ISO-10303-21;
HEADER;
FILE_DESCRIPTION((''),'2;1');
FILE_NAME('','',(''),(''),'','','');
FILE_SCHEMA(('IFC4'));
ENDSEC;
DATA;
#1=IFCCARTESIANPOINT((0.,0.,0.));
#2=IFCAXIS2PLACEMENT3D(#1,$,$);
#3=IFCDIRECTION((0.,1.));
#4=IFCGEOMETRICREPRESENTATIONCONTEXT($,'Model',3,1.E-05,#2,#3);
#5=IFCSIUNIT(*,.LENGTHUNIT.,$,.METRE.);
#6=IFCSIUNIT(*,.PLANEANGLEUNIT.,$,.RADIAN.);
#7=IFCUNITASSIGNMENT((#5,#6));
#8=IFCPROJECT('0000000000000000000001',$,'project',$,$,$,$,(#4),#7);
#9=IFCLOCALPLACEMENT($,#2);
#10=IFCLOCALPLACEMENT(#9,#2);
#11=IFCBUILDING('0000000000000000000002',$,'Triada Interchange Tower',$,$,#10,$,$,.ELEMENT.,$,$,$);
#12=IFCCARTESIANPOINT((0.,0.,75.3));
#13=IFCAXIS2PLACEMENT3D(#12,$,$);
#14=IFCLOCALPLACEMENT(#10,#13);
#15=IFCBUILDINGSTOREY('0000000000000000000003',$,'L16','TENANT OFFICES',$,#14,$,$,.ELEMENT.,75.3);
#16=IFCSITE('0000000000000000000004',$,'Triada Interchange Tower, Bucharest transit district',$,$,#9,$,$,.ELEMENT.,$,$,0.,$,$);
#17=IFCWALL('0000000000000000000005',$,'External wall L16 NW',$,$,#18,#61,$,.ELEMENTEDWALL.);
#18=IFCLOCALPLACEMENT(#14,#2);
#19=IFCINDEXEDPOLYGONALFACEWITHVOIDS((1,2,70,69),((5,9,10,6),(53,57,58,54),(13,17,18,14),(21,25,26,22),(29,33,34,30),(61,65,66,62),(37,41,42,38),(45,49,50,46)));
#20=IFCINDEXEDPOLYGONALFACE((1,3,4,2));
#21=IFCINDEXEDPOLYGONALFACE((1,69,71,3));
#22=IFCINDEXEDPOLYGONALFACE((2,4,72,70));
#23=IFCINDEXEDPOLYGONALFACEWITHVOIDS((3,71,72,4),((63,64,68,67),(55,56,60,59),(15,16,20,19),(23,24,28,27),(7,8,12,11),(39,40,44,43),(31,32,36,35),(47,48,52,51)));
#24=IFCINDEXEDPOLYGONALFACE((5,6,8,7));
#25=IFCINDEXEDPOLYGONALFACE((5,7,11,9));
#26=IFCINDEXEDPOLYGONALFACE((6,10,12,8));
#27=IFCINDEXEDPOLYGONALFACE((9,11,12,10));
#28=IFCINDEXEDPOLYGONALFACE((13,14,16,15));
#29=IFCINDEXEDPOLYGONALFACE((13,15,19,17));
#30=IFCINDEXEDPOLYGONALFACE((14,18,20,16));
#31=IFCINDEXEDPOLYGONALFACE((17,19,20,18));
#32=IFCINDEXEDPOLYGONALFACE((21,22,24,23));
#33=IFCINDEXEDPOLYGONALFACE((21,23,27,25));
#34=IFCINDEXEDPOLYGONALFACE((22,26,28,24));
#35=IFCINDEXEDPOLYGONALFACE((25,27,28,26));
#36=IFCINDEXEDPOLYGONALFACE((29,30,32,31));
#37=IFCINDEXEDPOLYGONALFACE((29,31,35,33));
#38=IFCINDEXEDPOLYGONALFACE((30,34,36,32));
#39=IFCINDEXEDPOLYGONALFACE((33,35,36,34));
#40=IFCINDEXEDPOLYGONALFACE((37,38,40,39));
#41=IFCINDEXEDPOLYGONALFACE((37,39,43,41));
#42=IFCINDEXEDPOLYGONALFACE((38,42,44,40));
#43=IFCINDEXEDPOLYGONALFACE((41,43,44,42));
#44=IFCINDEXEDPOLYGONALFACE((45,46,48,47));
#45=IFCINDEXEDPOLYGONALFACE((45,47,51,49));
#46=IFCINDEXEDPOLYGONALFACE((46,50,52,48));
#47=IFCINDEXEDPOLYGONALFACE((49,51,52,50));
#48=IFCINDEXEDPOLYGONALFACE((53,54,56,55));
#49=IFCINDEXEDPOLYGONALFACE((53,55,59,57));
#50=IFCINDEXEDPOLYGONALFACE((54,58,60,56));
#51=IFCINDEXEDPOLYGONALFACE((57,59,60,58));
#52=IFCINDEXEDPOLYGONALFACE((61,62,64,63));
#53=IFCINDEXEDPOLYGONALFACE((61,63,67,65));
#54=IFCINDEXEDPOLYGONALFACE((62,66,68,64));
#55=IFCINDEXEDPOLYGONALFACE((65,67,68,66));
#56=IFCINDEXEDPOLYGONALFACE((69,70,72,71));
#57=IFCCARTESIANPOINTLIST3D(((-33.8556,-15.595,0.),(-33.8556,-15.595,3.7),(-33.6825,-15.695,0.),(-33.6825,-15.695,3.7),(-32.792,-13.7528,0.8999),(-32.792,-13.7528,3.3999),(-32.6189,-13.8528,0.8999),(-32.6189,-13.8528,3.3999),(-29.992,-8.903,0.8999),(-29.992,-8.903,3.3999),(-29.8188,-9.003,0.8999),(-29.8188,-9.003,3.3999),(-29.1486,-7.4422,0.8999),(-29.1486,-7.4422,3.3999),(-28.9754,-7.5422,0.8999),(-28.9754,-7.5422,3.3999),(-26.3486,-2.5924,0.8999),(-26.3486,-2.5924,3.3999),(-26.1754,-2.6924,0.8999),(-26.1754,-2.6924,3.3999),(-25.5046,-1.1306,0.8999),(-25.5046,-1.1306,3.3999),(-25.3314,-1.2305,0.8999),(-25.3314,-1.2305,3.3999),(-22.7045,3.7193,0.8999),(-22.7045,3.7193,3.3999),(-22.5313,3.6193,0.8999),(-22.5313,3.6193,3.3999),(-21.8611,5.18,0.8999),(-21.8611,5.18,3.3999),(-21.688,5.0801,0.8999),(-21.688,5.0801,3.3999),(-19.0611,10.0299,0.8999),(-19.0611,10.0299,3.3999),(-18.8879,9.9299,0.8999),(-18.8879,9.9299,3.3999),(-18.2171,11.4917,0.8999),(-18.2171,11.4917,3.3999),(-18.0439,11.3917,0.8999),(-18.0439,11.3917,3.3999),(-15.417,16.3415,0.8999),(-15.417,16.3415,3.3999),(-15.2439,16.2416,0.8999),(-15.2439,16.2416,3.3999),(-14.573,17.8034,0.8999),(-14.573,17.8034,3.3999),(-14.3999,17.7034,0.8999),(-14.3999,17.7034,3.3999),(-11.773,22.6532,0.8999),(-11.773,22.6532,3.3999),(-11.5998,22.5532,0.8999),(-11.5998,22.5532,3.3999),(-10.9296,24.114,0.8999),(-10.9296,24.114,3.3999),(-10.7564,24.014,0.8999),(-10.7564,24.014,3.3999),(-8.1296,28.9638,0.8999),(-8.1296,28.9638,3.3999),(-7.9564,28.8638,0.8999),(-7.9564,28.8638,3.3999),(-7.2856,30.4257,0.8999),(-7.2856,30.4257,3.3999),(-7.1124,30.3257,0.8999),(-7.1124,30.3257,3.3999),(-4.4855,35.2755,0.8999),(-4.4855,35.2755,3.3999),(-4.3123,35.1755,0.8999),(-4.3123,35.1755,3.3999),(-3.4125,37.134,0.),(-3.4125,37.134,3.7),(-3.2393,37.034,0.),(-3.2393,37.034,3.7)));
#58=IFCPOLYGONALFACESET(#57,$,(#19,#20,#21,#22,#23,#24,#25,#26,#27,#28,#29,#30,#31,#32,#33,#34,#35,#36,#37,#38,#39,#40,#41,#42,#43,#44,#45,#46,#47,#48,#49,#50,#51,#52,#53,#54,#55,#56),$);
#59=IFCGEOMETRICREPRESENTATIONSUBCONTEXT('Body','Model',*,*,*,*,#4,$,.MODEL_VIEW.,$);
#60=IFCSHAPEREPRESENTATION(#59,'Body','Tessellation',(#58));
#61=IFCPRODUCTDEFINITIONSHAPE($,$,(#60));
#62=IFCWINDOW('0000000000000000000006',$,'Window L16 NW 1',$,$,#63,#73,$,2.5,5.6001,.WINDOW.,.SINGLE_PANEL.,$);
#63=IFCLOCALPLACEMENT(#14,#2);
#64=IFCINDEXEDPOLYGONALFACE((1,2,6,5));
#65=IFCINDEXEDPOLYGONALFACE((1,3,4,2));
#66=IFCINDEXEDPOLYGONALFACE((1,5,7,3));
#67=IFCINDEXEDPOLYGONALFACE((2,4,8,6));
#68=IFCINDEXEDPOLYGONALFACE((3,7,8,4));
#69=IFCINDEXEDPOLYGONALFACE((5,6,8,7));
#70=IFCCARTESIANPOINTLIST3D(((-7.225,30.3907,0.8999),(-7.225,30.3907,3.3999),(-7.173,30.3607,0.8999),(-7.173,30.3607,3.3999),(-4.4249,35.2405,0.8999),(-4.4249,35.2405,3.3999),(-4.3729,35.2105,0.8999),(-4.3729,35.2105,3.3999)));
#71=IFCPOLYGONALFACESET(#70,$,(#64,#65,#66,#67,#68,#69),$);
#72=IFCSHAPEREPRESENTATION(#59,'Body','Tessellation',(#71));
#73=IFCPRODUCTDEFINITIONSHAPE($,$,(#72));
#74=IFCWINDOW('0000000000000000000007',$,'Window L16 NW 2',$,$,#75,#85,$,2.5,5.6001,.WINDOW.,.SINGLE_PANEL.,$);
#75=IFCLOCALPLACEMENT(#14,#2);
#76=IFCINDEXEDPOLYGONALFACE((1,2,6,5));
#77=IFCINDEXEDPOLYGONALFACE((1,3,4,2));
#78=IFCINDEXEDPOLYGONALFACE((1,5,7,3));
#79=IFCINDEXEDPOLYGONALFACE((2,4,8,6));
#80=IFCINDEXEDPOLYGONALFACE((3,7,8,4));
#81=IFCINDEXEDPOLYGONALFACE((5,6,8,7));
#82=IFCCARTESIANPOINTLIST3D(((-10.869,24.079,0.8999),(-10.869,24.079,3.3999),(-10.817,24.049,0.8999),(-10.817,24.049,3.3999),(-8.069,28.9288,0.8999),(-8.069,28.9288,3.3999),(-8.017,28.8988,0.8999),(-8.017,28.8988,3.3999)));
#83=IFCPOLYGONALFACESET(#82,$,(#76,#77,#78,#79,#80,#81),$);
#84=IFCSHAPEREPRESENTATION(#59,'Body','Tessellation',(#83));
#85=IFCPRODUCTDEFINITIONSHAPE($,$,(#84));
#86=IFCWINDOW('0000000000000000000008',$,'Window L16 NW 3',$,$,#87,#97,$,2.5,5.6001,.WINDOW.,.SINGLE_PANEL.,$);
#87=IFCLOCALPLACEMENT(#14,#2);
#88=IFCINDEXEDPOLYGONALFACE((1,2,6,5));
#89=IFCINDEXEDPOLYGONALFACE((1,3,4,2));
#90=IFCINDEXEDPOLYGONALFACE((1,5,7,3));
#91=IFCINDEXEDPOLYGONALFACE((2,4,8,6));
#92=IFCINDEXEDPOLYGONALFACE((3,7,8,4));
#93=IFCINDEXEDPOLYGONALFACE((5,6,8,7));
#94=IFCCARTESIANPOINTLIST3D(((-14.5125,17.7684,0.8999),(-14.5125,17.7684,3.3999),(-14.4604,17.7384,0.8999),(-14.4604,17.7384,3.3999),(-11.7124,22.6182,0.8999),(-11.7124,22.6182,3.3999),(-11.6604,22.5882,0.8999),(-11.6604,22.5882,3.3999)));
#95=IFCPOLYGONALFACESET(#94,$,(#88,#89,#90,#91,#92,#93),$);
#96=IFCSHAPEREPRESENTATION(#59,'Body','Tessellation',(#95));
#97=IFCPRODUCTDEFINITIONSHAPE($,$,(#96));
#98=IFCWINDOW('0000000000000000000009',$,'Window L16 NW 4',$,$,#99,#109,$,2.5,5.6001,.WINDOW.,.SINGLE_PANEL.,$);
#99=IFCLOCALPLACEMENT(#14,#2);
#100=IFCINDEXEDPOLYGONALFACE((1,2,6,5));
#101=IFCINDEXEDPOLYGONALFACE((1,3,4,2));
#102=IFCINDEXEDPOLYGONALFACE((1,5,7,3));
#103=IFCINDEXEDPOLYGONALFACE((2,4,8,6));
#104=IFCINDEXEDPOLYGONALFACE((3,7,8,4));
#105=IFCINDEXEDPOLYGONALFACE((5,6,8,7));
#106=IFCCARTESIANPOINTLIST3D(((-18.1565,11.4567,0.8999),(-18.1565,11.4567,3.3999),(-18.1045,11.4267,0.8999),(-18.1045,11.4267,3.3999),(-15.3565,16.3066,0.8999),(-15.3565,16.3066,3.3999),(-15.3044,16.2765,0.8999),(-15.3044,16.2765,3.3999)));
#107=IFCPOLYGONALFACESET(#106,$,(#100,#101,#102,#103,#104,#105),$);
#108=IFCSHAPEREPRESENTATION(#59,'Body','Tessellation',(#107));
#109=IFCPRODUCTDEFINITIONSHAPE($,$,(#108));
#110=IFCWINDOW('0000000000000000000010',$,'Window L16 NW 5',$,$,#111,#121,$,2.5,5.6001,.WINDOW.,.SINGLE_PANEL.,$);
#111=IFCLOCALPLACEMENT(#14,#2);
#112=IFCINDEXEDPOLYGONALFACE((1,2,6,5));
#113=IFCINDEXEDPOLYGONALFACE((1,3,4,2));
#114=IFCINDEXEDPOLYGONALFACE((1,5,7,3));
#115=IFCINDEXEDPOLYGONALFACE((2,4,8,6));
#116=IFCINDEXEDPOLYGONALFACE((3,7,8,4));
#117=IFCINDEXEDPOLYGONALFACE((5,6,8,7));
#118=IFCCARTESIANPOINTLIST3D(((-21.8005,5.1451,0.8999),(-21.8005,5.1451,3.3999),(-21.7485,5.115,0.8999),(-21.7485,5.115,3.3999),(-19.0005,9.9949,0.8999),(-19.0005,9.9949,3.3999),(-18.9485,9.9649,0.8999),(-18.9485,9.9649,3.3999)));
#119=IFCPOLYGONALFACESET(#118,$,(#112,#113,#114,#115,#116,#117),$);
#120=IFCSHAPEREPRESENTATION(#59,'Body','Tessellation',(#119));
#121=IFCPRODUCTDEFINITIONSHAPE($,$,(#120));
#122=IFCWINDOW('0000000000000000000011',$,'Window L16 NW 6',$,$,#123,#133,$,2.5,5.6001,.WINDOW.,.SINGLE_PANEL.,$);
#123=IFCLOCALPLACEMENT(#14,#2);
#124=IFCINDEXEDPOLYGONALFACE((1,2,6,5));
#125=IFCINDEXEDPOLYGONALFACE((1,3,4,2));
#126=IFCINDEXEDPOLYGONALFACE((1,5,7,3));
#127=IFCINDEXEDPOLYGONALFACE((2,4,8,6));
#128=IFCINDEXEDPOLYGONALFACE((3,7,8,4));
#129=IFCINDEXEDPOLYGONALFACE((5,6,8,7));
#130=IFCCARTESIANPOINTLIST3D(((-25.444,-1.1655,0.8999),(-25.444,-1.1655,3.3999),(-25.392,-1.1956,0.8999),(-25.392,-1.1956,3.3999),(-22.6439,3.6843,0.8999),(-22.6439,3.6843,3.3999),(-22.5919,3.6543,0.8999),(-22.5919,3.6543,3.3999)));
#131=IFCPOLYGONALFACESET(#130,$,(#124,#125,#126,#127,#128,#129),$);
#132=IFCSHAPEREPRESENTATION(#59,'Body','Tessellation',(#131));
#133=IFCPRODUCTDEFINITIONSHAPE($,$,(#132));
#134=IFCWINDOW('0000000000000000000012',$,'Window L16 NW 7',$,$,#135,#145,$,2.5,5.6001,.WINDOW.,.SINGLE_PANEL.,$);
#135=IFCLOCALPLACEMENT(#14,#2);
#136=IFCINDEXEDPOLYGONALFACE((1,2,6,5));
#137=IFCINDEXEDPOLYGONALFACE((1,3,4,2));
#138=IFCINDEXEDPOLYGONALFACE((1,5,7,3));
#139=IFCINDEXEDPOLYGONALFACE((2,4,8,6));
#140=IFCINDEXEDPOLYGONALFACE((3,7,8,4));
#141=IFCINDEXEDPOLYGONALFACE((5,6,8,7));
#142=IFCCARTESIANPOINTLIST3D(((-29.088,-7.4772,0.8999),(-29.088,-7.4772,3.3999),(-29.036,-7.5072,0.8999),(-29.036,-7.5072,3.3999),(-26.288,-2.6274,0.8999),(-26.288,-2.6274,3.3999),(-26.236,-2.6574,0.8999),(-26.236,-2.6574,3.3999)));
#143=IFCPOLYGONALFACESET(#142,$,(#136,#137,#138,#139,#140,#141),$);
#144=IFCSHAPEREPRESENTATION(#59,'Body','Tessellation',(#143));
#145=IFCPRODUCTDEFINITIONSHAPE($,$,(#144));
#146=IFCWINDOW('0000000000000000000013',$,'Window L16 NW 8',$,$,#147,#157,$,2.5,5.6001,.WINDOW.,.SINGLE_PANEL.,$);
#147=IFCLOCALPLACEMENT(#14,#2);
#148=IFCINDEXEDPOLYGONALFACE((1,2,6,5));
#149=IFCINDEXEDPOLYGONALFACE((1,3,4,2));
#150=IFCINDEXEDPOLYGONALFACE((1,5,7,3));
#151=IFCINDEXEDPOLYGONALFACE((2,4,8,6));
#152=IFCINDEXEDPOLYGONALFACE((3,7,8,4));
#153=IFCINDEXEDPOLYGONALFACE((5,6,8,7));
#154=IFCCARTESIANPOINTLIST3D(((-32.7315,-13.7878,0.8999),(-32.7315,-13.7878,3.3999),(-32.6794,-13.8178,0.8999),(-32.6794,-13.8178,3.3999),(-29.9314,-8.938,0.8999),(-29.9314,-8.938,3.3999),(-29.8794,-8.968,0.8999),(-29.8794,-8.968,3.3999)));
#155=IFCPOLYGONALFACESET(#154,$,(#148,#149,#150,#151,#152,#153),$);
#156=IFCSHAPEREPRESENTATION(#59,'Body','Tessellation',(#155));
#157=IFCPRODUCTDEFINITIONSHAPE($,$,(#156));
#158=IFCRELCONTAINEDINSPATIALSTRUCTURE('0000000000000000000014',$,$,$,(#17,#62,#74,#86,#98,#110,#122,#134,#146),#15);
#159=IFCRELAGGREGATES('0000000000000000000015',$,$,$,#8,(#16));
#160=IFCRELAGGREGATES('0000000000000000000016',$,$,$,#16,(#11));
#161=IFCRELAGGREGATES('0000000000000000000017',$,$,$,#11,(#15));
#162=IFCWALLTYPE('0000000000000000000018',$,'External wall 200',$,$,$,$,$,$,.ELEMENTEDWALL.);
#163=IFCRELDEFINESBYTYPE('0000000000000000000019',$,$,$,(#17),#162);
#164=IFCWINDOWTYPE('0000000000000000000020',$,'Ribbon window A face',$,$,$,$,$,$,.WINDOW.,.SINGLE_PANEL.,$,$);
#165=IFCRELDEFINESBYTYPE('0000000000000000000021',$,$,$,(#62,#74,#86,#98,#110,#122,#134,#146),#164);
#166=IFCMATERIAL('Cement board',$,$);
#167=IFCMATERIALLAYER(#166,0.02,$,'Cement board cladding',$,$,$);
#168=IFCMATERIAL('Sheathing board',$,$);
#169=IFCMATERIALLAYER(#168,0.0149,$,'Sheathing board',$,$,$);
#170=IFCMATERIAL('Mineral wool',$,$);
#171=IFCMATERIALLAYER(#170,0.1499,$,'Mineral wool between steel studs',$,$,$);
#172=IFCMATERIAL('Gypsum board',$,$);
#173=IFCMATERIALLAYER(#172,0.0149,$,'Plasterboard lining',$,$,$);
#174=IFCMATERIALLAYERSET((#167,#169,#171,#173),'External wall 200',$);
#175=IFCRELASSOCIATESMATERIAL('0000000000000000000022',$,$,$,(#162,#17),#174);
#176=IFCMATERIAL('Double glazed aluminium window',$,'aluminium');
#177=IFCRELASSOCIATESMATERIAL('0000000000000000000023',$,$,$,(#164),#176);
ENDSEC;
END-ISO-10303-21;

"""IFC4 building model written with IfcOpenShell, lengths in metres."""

from ifc_helpers import new_model, si_unit, direction, frame, frame_2d, origin, place, context, subcontext, project, spatial, rectangle, extrude, material, layer, layer_set, layer_usage, type_object, element, fill, save


model = new_model("IFC4")

# Units and contexts
model_context = context("Model", 3, precision=1e-05, world=origin(), true_north=direction((0.0, 1.0)))
body_context = subcontext(model_context, "Body", "Model", "MODEL_VIEW")
ifc_project = project(units=[si_unit("LENGTHUNIT", "METRE"), si_unit("PLANEANGLEUNIT", "RADIAN")], contexts=[model_context])

# Site, building, storey
site_placement = place(None, origin())
site = spatial("IfcSite", under=ifc_project, at=site_placement, Name="Triada Interchange Tower, Bucharest transit district", CompositionType="ELEMENT", RefElevation=0.0)
building_placement = place(site_placement, origin())
building = spatial("IfcBuilding", under=site, at=building_placement, Name="Triada Interchange Tower", CompositionType="ELEMENT")
storey_placement = place(building_placement, frame((0.0, 0.0, 75.3)))
storey = spatial("IfcBuildingStorey", under=building, at=storey_placement, Name="L16", Description="TENANT OFFICES", CompositionType="ELEMENT", Elevation=75.3)

# Wall, openings, windows
ifc_material_1 = material(Name="Cement board")
ifc_layer_1 = layer(ifc_material_1, 0.02, Name="Cement board cladding")
ifc_material_2 = material(Name="Sheathing board")
ifc_layer_2 = layer(ifc_material_2, 0.0149, Name="Sheathing board")
ifc_material_3 = material(Name="Mineral wool")
ifc_layer_3 = layer(ifc_material_3, 0.1499, Name="Mineral wool between steel studs")
ifc_material_4 = material(Name="Gypsum board")
ifc_layer_4 = layer(ifc_material_4, 0.0149, Name="Plasterboard lining")
ifc_layer_set_1 = layer_set([ifc_layer_1, ifc_layer_2, ifc_layer_3, ifc_layer_4], Name="External wall 200")
ifc_layer_usage = layer_usage(ifc_layer_set_1, "AXIS2", "POSITIVE", -0.1001)
wall_type_1 = type_object("IfcWallType", Name="External wall 200", PredefinedType="ELEMENTEDWALL", material=ifc_layer_set_1)
wall_1_placement = place(storey_placement, frame((-3.3259, 37.084, 0.0), z_axis=(0.0, 0.0, 1.0), x_axis=(-0.5, -0.866025, 0.0)))
wall_1 = element("IfcWall", 1, at=wall_1_placement, inside=storey, type_object=wall_type_1, material=ifc_layer_usage, Name="External wall L16 NW", PredefinedType="ELEMENTEDWALL", context=body_context, shape_type="SweptSolid", body=[
    extrude(rectangle(XDim=60.8862, YDim=0.2, at=frame_2d((30.4431, 0.0))), origin(), (0.0, 0.0, 1.0), 3.7),
])
opening_1_placement = place(wall_1_placement, frame((2.146, 0.0, 0.8999)))
opening_1 = element("IfcOpeningElement", 2, at=opening_1_placement, cuts=wall_1, PredefinedType="OPENING", context=body_context, shape_type="SweptSolid", body=[
    extrude(rectangle(XDim=5.6001, YDim=2.5, at=frame_2d((2.8, 1.25))), frame((0.0, 0.1099, 0.0), z_axis=(0.0, -1.0, 0.0), x_axis=(1.0, 0.0, 0.0)), (0.0, 0.0, 1.0), 0.22),
])
opening_2_placement = place(wall_1_placement, frame((9.4341, 0.0, 0.8999)))
opening_2 = element("IfcOpeningElement", 3, at=opening_2_placement, cuts=wall_1, PredefinedType="OPENING", context=body_context, shape_type="SweptSolid", body=[
    extrude(rectangle(XDim=5.6001, YDim=2.5, at=frame_2d((2.8, 1.25))), frame((0.0, 0.1099, 0.0), z_axis=(0.0, -1.0, 0.0), x_axis=(1.0, 0.0, 0.0)), (0.0, 0.0, 1.0), 0.22),
])
opening_3_placement = place(wall_1_placement, frame((16.7209, 0.0, 0.8999)))
opening_3 = element("IfcOpeningElement", 4, at=opening_3_placement, cuts=wall_1, PredefinedType="OPENING", context=body_context, shape_type="SweptSolid", body=[
    extrude(rectangle(XDim=5.6001, YDim=2.5, at=frame_2d((2.8, 1.25))), frame((0.0, 0.1099, 0.0), z_axis=(0.0, -1.0, 0.0), x_axis=(1.0, 0.0, 0.0)), (0.0, 0.0, 1.0), 0.22),
])
opening_4_placement = place(wall_1_placement, frame((24.009, 0.0, 0.8999)))
opening_4 = element("IfcOpeningElement", 5, at=opening_4_placement, cuts=wall_1, PredefinedType="OPENING", context=body_context, shape_type="SweptSolid", body=[
    extrude(rectangle(XDim=5.6001, YDim=2.5, at=frame_2d((2.8, 1.25))), frame((0.0, 0.1099, 0.0), z_axis=(0.0, -1.0, 0.0), x_axis=(1.0, 0.0, 0.0)), (0.0, 0.0, 1.0), 0.22),
])
opening_5_placement = place(wall_1_placement, frame((31.2971, 0.0, 0.8999)))
opening_5 = element("IfcOpeningElement", 6, at=opening_5_placement, cuts=wall_1, PredefinedType="OPENING", context=body_context, shape_type="SweptSolid", body=[
    extrude(rectangle(XDim=5.6001, YDim=2.5, at=frame_2d((2.8, 1.25))), frame((0.0, 0.1099, 0.0), z_axis=(0.0, -1.0, 0.0), x_axis=(1.0, 0.0, 0.0)), (0.0, 0.0, 1.0), 0.22),
])
opening_6_placement = place(wall_1_placement, frame((38.584, 0.0, 0.8999)))
opening_6 = element("IfcOpeningElement", 7, at=opening_6_placement, cuts=wall_1, PredefinedType="OPENING", context=body_context, shape_type="SweptSolid", body=[
    extrude(rectangle(XDim=5.6001, YDim=2.5, at=frame_2d((2.8, 1.25))), frame((0.0, 0.1099, 0.0), z_axis=(0.0, -1.0, 0.0), x_axis=(1.0, 0.0, 0.0)), (0.0, 0.0, 1.0), 0.22),
])
opening_7_placement = place(wall_1_placement, frame((45.8721, 0.0, 0.8999)))
opening_7 = element("IfcOpeningElement", 8, at=opening_7_placement, cuts=wall_1, PredefinedType="OPENING", context=body_context, shape_type="SweptSolid", body=[
    extrude(rectangle(XDim=5.6001, YDim=2.5, at=frame_2d((2.8, 1.25))), frame((0.0, 0.1099, 0.0), z_axis=(0.0, -1.0, 0.0), x_axis=(1.0, 0.0, 0.0)), (0.0, 0.0, 1.0), 0.22),
])
opening_8_placement = place(wall_1_placement, frame((53.1589, 0.0, 0.8999)))
opening_8 = element("IfcOpeningElement", 9, at=opening_8_placement, cuts=wall_1, PredefinedType="OPENING", context=body_context, shape_type="SweptSolid", body=[
    extrude(rectangle(XDim=5.6001, YDim=2.5, at=frame_2d((2.8, 1.25))), frame((0.0, 0.1099, 0.0), z_axis=(0.0, -1.0, 0.0), x_axis=(1.0, 0.0, 0.0)), (0.0, 0.0, 1.0), 0.22),
])
ifc_material_5 = material(Name="Double glazed aluminium window", Category="aluminium")
window_type = type_object("IfcWindowType", Name="Ribbon window A face", PartitioningType="SINGLE_PANEL", PredefinedType="WINDOW", material=ifc_material_5)
window_1_placement = place(opening_1_placement, origin())
window_1 = element("IfcWindow", 10, at=window_1_placement, inside=storey, type_object=window_type, Name="Window L16 NW 1", OverallHeight=2.5, OverallWidth=5.6001, PartitioningType="SINGLE_PANEL", PredefinedType="WINDOW", context=body_context, shape_type="SweptSolid", body=[
    extrude(rectangle(XDim=5.6001, YDim=2.5, at=frame_2d((2.8, 1.25))), frame((0.0, 0.03, 0.0), z_axis=(0.0, -1.0, 0.0), x_axis=(1.0, 0.0, 0.0)), (0.0, 0.0, 1.0), 0.0601),
])
fill(opening_1, window_1)
window_2_placement = place(opening_2_placement, origin())
window_2 = element("IfcWindow", 11, at=window_2_placement, inside=storey, type_object=window_type, Name="Window L16 NW 2", OverallHeight=2.5, OverallWidth=5.6001, PartitioningType="SINGLE_PANEL", PredefinedType="WINDOW", context=body_context, shape_type="SweptSolid", body=[
    extrude(rectangle(XDim=5.6001, YDim=2.5, at=frame_2d((2.8, 1.25))), frame((0.0, 0.03, 0.0), z_axis=(0.0, -1.0, 0.0), x_axis=(1.0, 0.0, 0.0)), (0.0, 0.0, 1.0), 0.0601),
])
fill(opening_2, window_2)
window_3_placement = place(opening_3_placement, origin())
window_3 = element("IfcWindow", 12, at=window_3_placement, inside=storey, type_object=window_type, Name="Window L16 NW 3", OverallHeight=2.5, OverallWidth=5.6001, PartitioningType="SINGLE_PANEL", PredefinedType="WINDOW", context=body_context, shape_type="SweptSolid", body=[
    extrude(rectangle(XDim=5.6001, YDim=2.5, at=frame_2d((2.8, 1.25))), frame((0.0, 0.03, 0.0), z_axis=(0.0, -1.0, 0.0), x_axis=(1.0, 0.0, 0.0)), (0.0, 0.0, 1.0), 0.0601),
])
fill(opening_3, window_3)
window_4_placement = place(opening_4_placement, origin())
window_4 = element("IfcWindow", 13, at=window_4_placement, inside=storey, type_object=window_type, Name="Window L16 NW 4", OverallHeight=2.5, OverallWidth=5.6001, PartitioningType="SINGLE_PANEL", PredefinedType="WINDOW", context=body_context, shape_type="SweptSolid", body=[
    extrude(rectangle(XDim=5.6001, YDim=2.5, at=frame_2d((2.8, 1.25))), frame((0.0, 0.03, 0.0), z_axis=(0.0, -1.0, 0.0), x_axis=(1.0, 0.0, 0.0)), (0.0, 0.0, 1.0), 0.0601),
])
fill(opening_4, window_4)
window_5_placement = place(opening_5_placement, origin())
window_5 = element("IfcWindow", 14, at=window_5_placement, inside=storey, type_object=window_type, Name="Window L16 NW 5", OverallHeight=2.5, OverallWidth=5.6001, PartitioningType="SINGLE_PANEL", PredefinedType="WINDOW", context=body_context, shape_type="SweptSolid", body=[
    extrude(rectangle(XDim=5.6001, YDim=2.5, at=frame_2d((2.8, 1.25))), frame((0.0, 0.03, 0.0), z_axis=(0.0, -1.0, 0.0), x_axis=(1.0, 0.0, 0.0)), (0.0, 0.0, 1.0), 0.0601),
])
fill(opening_5, window_5)
window_6_placement = place(opening_6_placement, origin())
window_6 = element("IfcWindow", 15, at=window_6_placement, inside=storey, type_object=window_type, Name="Window L16 NW 6", OverallHeight=2.5, OverallWidth=5.6001, PartitioningType="SINGLE_PANEL", PredefinedType="WINDOW", context=body_context, shape_type="SweptSolid", body=[
    extrude(rectangle(XDim=5.6001, YDim=2.5, at=frame_2d((2.8, 1.25))), frame((0.0, 0.03, 0.0), z_axis=(0.0, -1.0, 0.0), x_axis=(1.0, 0.0, 0.0)), (0.0, 0.0, 1.0), 0.0601),
])
fill(opening_6, window_6)
window_7_placement = place(opening_7_placement, origin())
window_7 = element("IfcWindow", 16, at=window_7_placement, inside=storey, type_object=window_type, Name="Window L16 NW 7", OverallHeight=2.5, OverallWidth=5.6001, PartitioningType="SINGLE_PANEL", PredefinedType="WINDOW", context=body_context, shape_type="SweptSolid", body=[
    extrude(rectangle(XDim=5.6001, YDim=2.5, at=frame_2d((2.8, 1.25))), frame((0.0, 0.03, 0.0), z_axis=(0.0, -1.0, 0.0), x_axis=(1.0, 0.0, 0.0)), (0.0, 0.0, 1.0), 0.0601),
])
fill(opening_7, window_7)
window_8_placement = place(opening_8_placement, origin())
window_8 = element("IfcWindow", 17, at=window_8_placement, inside=storey, type_object=window_type, Name="Window L16 NW 8", OverallHeight=2.5, OverallWidth=5.6001, PartitioningType="SINGLE_PANEL", PredefinedType="WINDOW", context=body_context, shape_type="SweptSolid", body=[
    extrude(rectangle(XDim=5.6001, YDim=2.5, at=frame_2d((2.8, 1.25))), frame((0.0, 0.03, 0.0), z_axis=(0.0, -1.0, 0.0), x_axis=(1.0, 0.0, 0.0)), (0.0, 0.0, 1.0), 0.0601),
])
fill(opening_8, window_8)

save(model, "model.ifc")
